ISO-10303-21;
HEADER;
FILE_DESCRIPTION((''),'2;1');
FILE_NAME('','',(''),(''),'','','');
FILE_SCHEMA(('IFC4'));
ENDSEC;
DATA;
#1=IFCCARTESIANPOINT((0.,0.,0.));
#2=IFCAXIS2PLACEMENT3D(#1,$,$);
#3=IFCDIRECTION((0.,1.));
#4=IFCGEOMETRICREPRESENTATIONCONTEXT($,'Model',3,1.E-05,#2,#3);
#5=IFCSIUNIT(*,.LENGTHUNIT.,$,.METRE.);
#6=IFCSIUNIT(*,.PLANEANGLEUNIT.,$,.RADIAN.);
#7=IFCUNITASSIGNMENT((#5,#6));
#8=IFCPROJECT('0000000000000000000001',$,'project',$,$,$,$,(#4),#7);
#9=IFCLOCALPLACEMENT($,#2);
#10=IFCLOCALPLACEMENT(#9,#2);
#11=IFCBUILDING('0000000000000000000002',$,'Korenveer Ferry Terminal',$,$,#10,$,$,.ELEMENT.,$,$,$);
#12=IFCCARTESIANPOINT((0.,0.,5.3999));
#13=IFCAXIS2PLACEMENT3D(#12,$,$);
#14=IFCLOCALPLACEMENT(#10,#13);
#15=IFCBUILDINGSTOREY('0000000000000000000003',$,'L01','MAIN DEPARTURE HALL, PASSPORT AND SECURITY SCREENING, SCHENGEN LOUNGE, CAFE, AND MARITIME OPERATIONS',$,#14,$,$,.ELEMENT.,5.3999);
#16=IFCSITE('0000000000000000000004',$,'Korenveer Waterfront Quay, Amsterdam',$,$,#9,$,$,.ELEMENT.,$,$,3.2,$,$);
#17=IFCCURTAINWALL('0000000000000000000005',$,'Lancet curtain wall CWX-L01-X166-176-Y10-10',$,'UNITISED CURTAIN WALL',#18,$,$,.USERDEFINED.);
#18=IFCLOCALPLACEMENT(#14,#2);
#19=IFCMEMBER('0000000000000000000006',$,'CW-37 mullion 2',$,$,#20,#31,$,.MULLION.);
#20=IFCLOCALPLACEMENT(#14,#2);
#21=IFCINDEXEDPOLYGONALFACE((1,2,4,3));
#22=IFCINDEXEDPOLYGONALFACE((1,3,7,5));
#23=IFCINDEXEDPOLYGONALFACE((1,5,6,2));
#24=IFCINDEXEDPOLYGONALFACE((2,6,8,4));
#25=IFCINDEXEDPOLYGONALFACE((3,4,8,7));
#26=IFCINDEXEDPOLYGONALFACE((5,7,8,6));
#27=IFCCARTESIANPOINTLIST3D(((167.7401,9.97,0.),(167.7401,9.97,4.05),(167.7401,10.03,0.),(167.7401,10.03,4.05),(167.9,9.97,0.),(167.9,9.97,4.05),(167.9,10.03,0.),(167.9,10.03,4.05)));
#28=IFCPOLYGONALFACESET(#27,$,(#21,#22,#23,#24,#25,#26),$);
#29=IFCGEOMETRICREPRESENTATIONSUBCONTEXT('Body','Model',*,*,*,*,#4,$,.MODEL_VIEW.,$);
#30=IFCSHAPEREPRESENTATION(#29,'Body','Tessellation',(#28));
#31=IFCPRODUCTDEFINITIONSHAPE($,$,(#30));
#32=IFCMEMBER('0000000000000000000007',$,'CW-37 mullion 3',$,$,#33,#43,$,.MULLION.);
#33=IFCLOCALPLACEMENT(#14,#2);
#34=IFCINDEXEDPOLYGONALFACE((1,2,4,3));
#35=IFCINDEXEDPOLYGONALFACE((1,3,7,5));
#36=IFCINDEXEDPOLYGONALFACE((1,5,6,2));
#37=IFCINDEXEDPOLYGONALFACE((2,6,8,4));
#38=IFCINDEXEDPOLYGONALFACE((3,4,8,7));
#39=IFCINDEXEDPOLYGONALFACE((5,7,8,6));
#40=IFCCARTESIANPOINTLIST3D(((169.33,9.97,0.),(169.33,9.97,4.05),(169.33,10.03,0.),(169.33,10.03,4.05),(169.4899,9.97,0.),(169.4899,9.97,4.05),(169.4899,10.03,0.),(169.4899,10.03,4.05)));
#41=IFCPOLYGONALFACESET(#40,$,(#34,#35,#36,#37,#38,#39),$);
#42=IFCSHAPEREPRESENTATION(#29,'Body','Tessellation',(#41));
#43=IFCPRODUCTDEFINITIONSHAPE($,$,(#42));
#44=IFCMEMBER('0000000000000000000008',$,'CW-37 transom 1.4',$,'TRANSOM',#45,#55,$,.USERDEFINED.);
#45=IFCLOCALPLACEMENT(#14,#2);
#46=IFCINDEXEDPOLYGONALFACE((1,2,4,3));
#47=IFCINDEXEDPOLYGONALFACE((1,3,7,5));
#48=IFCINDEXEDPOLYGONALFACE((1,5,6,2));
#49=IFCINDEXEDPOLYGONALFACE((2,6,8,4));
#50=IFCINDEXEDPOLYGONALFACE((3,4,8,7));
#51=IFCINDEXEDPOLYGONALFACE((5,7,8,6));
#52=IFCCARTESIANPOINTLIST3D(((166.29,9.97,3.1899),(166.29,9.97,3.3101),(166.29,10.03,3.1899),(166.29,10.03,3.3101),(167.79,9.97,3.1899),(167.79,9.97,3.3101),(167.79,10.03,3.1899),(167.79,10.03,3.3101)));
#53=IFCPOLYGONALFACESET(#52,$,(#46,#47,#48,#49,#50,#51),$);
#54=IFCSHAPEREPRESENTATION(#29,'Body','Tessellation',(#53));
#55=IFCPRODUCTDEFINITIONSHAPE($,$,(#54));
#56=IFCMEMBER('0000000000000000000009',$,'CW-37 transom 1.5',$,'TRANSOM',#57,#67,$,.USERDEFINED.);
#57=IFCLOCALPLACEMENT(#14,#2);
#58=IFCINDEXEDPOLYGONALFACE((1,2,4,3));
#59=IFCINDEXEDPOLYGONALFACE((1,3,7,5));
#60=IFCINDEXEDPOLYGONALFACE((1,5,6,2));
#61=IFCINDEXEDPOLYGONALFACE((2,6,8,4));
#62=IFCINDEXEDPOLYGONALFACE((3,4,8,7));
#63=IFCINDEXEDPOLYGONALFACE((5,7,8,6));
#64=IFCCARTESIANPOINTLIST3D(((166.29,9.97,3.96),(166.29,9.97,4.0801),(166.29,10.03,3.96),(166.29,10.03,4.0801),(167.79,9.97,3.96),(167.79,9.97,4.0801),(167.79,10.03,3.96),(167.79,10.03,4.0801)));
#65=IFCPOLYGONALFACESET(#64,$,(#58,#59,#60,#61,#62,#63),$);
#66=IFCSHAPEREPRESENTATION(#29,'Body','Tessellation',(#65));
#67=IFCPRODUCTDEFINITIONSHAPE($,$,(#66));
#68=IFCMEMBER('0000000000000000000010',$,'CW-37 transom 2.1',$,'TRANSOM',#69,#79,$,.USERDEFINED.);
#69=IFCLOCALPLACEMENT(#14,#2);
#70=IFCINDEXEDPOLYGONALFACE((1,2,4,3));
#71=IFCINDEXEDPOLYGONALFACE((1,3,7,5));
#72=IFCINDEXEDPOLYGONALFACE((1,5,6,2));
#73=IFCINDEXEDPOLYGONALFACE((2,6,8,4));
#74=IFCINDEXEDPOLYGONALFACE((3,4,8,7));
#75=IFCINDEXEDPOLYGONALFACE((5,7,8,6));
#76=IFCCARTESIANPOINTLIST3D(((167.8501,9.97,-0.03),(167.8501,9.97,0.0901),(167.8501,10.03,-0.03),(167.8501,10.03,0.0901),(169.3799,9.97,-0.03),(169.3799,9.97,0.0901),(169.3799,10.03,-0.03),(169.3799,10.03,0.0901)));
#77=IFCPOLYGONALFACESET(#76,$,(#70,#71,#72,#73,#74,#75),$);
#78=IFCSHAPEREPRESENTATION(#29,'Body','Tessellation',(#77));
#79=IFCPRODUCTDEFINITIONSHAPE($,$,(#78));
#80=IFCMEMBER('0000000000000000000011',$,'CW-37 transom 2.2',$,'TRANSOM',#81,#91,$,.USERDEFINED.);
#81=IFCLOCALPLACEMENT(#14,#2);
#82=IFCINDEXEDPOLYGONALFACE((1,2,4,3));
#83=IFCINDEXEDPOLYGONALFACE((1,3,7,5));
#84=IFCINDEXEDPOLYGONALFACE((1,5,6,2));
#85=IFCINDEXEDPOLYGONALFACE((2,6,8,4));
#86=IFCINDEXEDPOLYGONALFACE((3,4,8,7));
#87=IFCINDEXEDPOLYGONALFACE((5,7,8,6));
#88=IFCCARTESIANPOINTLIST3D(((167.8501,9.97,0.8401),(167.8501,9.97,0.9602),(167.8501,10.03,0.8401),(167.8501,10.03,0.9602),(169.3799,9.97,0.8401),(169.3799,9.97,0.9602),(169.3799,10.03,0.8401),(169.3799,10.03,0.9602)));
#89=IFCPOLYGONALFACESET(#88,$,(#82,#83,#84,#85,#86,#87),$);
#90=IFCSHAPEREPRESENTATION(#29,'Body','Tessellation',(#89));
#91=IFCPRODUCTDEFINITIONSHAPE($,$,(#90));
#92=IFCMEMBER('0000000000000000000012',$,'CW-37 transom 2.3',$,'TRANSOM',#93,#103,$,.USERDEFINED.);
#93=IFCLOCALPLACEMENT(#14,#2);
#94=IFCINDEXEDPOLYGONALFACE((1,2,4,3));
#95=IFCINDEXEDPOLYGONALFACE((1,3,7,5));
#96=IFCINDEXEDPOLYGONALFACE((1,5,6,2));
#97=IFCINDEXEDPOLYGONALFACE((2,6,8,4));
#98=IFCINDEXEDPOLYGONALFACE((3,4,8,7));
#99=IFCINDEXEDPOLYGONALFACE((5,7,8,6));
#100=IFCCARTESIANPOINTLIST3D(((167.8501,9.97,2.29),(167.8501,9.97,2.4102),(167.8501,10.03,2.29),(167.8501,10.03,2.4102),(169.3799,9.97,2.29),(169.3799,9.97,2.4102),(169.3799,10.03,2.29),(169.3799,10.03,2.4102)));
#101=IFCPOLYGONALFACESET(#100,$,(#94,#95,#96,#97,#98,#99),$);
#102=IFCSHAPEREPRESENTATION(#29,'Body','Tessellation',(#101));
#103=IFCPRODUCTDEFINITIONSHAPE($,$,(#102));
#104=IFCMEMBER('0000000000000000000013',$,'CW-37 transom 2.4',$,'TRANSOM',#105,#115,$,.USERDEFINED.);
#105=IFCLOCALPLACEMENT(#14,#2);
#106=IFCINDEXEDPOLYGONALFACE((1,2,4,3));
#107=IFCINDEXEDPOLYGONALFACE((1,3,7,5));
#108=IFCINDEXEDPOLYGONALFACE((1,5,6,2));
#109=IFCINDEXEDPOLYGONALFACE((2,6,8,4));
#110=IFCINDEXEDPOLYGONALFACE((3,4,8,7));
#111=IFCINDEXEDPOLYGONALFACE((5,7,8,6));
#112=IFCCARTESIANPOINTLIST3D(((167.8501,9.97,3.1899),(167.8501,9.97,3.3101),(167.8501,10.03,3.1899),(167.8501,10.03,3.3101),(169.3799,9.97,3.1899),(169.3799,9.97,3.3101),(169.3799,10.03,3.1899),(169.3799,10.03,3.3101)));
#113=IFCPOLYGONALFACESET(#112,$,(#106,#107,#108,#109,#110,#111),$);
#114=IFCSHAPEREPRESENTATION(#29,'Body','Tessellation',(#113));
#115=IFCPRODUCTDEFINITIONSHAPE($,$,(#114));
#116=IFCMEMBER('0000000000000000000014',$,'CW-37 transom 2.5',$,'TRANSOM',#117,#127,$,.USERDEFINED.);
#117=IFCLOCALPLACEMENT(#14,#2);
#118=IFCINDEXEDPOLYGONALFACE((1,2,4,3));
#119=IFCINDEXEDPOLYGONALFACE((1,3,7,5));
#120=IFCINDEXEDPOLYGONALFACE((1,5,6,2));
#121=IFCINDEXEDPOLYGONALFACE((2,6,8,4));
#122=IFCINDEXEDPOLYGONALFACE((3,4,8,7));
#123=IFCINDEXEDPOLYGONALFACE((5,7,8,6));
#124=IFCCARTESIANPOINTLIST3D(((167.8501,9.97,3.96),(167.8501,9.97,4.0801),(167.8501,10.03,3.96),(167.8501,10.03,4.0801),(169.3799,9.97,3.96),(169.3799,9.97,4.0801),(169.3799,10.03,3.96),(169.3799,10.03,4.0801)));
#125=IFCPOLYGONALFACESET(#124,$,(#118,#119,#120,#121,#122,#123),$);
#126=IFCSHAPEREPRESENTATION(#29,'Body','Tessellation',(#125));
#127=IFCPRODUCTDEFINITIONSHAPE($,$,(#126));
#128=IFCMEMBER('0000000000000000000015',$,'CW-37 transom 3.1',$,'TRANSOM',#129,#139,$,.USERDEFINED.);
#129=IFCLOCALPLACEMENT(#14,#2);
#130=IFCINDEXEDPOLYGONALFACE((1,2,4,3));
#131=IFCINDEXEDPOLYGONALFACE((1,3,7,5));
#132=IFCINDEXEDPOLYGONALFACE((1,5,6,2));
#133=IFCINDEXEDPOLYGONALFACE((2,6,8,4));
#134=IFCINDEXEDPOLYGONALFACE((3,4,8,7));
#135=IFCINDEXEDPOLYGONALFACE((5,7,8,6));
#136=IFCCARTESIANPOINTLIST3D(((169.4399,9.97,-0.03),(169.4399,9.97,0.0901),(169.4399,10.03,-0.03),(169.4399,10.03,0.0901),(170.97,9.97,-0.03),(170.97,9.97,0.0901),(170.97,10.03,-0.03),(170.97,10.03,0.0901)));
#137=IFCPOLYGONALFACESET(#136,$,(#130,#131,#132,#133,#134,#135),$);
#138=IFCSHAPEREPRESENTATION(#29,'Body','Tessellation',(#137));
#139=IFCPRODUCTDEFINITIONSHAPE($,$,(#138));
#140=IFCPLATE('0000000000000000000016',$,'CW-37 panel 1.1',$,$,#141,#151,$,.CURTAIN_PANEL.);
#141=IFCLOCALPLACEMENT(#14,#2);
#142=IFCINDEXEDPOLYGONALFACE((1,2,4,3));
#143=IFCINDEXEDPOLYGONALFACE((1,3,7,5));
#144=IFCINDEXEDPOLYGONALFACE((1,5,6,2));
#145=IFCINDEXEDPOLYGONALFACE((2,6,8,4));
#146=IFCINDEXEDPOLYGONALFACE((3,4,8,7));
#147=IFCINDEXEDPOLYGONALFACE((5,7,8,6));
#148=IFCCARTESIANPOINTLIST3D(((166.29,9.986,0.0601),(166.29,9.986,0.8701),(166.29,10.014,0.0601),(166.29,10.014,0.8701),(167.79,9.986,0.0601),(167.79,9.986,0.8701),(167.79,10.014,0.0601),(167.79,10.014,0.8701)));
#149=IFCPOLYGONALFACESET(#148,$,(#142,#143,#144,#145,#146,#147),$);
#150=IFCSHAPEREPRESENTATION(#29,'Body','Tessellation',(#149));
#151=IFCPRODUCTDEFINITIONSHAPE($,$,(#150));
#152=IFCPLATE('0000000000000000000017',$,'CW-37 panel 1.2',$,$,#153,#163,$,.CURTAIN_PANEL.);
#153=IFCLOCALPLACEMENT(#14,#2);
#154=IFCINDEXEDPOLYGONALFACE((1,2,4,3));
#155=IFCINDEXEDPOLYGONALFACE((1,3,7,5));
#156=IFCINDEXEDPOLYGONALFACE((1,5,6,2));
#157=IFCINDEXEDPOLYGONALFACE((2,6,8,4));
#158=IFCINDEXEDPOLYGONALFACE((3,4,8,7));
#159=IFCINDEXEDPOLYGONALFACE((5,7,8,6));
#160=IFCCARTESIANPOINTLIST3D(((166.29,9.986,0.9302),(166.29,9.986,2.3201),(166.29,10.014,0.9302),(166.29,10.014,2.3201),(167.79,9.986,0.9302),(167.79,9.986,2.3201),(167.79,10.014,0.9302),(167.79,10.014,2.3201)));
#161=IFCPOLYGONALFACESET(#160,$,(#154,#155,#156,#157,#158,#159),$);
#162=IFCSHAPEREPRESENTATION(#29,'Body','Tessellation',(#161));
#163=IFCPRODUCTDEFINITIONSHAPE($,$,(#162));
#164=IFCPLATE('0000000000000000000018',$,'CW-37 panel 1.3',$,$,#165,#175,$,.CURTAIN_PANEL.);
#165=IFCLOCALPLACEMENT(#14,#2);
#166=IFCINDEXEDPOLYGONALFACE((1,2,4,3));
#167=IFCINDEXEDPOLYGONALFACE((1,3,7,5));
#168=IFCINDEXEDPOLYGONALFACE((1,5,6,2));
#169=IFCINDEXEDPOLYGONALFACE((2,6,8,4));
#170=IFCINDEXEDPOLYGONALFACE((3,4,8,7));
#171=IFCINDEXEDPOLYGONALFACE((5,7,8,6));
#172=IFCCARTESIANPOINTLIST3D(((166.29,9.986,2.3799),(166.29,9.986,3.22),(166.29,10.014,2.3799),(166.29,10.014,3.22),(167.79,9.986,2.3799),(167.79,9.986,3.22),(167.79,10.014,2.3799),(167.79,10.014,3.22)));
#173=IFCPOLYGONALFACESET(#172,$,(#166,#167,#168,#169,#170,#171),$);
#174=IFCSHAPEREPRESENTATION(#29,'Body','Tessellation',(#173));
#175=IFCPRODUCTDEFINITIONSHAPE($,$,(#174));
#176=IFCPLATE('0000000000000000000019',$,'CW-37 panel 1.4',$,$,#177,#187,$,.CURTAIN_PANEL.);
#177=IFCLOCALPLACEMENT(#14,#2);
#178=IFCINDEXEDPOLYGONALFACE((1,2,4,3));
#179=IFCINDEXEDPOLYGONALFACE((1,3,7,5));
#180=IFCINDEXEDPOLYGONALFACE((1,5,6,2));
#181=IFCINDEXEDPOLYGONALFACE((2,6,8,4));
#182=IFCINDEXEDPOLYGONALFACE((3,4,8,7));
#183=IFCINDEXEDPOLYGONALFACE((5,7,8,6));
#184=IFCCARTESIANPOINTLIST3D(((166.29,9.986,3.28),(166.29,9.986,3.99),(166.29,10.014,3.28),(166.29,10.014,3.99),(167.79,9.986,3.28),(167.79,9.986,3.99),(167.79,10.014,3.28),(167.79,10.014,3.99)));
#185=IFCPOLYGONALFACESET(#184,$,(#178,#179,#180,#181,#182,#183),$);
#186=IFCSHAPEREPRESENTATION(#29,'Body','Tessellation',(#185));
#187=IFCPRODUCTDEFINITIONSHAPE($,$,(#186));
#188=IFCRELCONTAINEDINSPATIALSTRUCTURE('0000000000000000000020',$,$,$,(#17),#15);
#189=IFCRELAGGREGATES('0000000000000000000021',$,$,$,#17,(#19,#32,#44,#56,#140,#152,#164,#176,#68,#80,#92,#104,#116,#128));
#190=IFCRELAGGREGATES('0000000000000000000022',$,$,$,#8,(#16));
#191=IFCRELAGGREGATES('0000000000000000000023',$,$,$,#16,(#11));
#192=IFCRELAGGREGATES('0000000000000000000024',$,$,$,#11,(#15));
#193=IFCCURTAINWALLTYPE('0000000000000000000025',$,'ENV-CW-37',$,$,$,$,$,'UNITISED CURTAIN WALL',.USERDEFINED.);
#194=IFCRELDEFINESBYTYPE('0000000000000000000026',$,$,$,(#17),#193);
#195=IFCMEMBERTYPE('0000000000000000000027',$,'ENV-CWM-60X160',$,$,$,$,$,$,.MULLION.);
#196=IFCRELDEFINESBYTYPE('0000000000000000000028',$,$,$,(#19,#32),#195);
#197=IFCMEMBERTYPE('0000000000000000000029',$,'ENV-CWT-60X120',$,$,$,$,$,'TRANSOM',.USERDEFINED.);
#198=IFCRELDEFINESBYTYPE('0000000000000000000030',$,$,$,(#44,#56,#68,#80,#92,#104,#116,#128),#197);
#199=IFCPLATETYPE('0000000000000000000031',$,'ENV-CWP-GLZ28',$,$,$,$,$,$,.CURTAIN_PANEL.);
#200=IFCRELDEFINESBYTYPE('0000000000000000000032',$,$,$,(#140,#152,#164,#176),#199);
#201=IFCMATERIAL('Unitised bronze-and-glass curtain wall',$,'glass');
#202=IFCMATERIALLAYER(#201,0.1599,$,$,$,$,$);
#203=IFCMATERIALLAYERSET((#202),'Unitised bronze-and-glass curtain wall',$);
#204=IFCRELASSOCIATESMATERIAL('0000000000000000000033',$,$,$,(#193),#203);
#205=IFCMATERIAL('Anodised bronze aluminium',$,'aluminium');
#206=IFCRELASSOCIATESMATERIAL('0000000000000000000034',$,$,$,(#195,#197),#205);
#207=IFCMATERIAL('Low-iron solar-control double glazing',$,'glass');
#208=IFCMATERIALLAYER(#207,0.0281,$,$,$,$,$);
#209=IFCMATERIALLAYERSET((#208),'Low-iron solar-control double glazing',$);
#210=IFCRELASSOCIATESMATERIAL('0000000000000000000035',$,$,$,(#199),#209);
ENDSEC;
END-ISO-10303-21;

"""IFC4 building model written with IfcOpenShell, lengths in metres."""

from ifc_helpers import new_model, si_unit, direction, frame, origin, origin_2d, place, context, subcontext, project, spatial, rectangle, extrude, material, layer, layer_set, material_profile, profile_set, type_object, element, aggregate, save


model = new_model("IFC4")

# Units and contexts
model_context = context("Model", 3, precision=1e-05, world=origin(), true_north=direction((0.0, 1.0)))
body_context = subcontext(model_context, "Body", "Model", "MODEL_VIEW")
ifc_project = project(units=[si_unit("LENGTHUNIT", "METRE"), si_unit("PLANEANGLEUNIT", "RADIAN")], contexts=[model_context])

# Site, building, storey
site_placement = place(None, origin())
site = spatial("IfcSite", under=ifc_project, at=site_placement, Name="Korenveer Waterfront Quay, Amsterdam", CompositionType="ELEMENT", RefElevation=3.2)
building_placement = place(site_placement, origin())
building = spatial("IfcBuilding", under=site, at=building_placement, Name="Korenveer Ferry Terminal", CompositionType="ELEMENT")
storey_placement = place(building_placement, frame((0.0, 0.0, 5.3999)))
storey = spatial("IfcBuildingStorey", under=building, at=storey_placement, Name="L01", Description="MAIN DEPARTURE HALL, PASSPORT AND SECURITY SCREENING, SCHENGEN LOUNGE, CAFE, AND MARITIME OPERATIONS", CompositionType="ELEMENT", Elevation=5.3999)

# Curtain wall, members, plates
ifc_material_1 = material(Name="Unitised bronze-and-glass curtain wall", Category="glass")
ifc_layer_1 = layer(ifc_material_1, 0.1599)
ifc_layer_set_1 = layer_set([ifc_layer_1], Name="Unitised bronze-and-glass curtain wall")
curtain_wall_type = type_object("IfcCurtainWallType", Name="ENV-CW-37", ElementType="UNITISED CURTAIN WALL", PredefinedType="USERDEFINED", material=ifc_layer_set_1)
curtain_wall_placement = place(storey_placement, frame((166.23, 10.0, 0.0)))
curtain_wall = element("IfcCurtainWall", 1, at=curtain_wall_placement, inside=storey, type_object=curtain_wall_type, Name="Lancet curtain wall CWX-L01-X166-176-Y10-10", ObjectType="UNITISED CURTAIN WALL", PredefinedType="USERDEFINED")
ifc_material_2 = material(Name="Anodised bronze aluminium", Category="aluminium")
ifc_material_profile_1 = material_profile(ifc_material_2, rectangle(XDim=0.0601, YDim=0.1599, at=origin_2d()), Name="ALU 60x160")
ifc_profile_set_1 = profile_set([ifc_material_profile_1], Name="Anodised bronze aluminium")
member_type_1 = type_object("IfcMemberType", Name="ENV-CWM-60X160", PredefinedType="MULLION", material=ifc_profile_set_1)
member_1_placement = place(storey_placement, frame((167.8201, 10.0, 0.0), z_axis=(0.0, 0.0, 1.0), x_axis=(0.0, 1.0, 0.0)))
member_1 = element("IfcMember", 2, at=member_1_placement, type_object=member_type_1, Name="CW-37 mullion 2", PredefinedType="MULLION", context=body_context, shape_type="SweptSolid", body=[
    extrude(rectangle(XDim=0.0601, YDim=0.1599, at=origin_2d()), origin(), (0.0, 0.0, 1.0), 4.05),
])
member_2_placement = place(storey_placement, frame((169.4099, 10.0, 0.0), z_axis=(0.0, 0.0, 1.0), x_axis=(0.0, 1.0, 0.0)))
member_2 = element("IfcMember", 3, at=member_2_placement, type_object=member_type_1, Name="CW-37 mullion 3", PredefinedType="MULLION", context=body_context, shape_type="SweptSolid", body=[
    extrude(rectangle(XDim=0.0601, YDim=0.1599, at=origin_2d()), origin(), (0.0, 0.0, 1.0), 4.05),
])
ifc_material_profile_2 = material_profile(ifc_material_2, rectangle(XDim=0.0601, YDim=0.1201, at=origin_2d()), Name="ALU 60x120")
ifc_profile_set_2 = profile_set([ifc_material_profile_2], Name="Anodised bronze aluminium")
member_type_2 = type_object("IfcMemberType", Name="ENV-CWT-60X120", ElementType="TRANSOM", PredefinedType="USERDEFINED", material=ifc_profile_set_2)
member_3_placement = place(storey_placement, frame((166.29, 10.0, 3.25), z_axis=(1.0, 0.0, 0.0), x_axis=(0.0, 1.0, 0.0)))
member_3 = element("IfcMember", 4, at=member_3_placement, type_object=member_type_2, Name="CW-37 transom 1.4", ObjectType="TRANSOM", PredefinedType="USERDEFINED", context=body_context, shape_type="SweptSolid", body=[
    extrude(rectangle(XDim=0.0601, YDim=0.1201, at=origin_2d()), origin(), (0.0, 0.0, 1.0), 1.5),
])
member_4_placement = place(storey_placement, frame((166.29, 10.0, 4.02), z_axis=(1.0, 0.0, 0.0), x_axis=(0.0, 1.0, 0.0)))
member_4 = element("IfcMember", 5, at=member_4_placement, type_object=member_type_2, Name="CW-37 transom 1.5", ObjectType="TRANSOM", PredefinedType="USERDEFINED", context=body_context, shape_type="SweptSolid", body=[
    extrude(rectangle(XDim=0.0601, YDim=0.1201, at=origin_2d()), origin(), (0.0, 0.0, 1.0), 1.5),
])
member_5_placement = place(storey_placement, frame((167.8501, 10.0, 0.03), z_axis=(1.0, 0.0, 0.0), x_axis=(0.0, 1.0, 0.0)))
member_5 = element("IfcMember", 6, at=member_5_placement, type_object=member_type_2, Name="CW-37 transom 2.1", ObjectType="TRANSOM", PredefinedType="USERDEFINED", context=body_context, shape_type="SweptSolid", body=[
    extrude(rectangle(XDim=0.0601, YDim=0.1201, at=origin_2d()), origin(), (0.0, 0.0, 1.0), 1.5298),
])
member_6_placement = place(storey_placement, frame((167.8501, 10.0, 0.9001), z_axis=(1.0, 0.0, 0.0), x_axis=(0.0, 1.0, 0.0)))
member_6 = element("IfcMember", 7, at=member_6_placement, type_object=member_type_2, Name="CW-37 transom 2.2", ObjectType="TRANSOM", PredefinedType="USERDEFINED", context=body_context, shape_type="SweptSolid", body=[
    extrude(rectangle(XDim=0.0601, YDim=0.1201, at=origin_2d()), origin(), (0.0, 0.0, 1.0), 1.5298),
])
member_7_placement = place(storey_placement, frame((167.8501, 10.0, 2.3501), z_axis=(1.0, 0.0, 0.0), x_axis=(0.0, 1.0, 0.0)))
member_7 = element("IfcMember", 8, at=member_7_placement, type_object=member_type_2, Name="CW-37 transom 2.3", ObjectType="TRANSOM", PredefinedType="USERDEFINED", context=body_context, shape_type="SweptSolid", body=[
    extrude(rectangle(XDim=0.0601, YDim=0.1201, at=origin_2d()), origin(), (0.0, 0.0, 1.0), 1.5298),
])
member_8_placement = place(storey_placement, frame((167.8501, 10.0, 3.25), z_axis=(1.0, 0.0, 0.0), x_axis=(0.0, 1.0, 0.0)))
member_8 = element("IfcMember", 9, at=member_8_placement, type_object=member_type_2, Name="CW-37 transom 2.4", ObjectType="TRANSOM", PredefinedType="USERDEFINED", context=body_context, shape_type="SweptSolid", body=[
    extrude(rectangle(XDim=0.0601, YDim=0.1201, at=origin_2d()), origin(), (0.0, 0.0, 1.0), 1.5298),
])
member_9_placement = place(storey_placement, frame((167.8501, 10.0, 4.02), z_axis=(1.0, 0.0, 0.0), x_axis=(0.0, 1.0, 0.0)))
member_9 = element("IfcMember", 10, at=member_9_placement, type_object=member_type_2, Name="CW-37 transom 2.5", ObjectType="TRANSOM", PredefinedType="USERDEFINED", context=body_context, shape_type="SweptSolid", body=[
    extrude(rectangle(XDim=0.0601, YDim=0.1201, at=origin_2d()), origin(), (0.0, 0.0, 1.0), 1.5298),
])
member_10_placement = place(storey_placement, frame((169.4399, 10.0, 0.03), z_axis=(1.0, 0.0, 0.0), x_axis=(0.0, 1.0, 0.0)))
member_10 = element("IfcMember", 11, at=member_10_placement, type_object=member_type_2, Name="CW-37 transom 3.1", ObjectType="TRANSOM", PredefinedType="USERDEFINED", context=body_context, shape_type="SweptSolid", body=[
    extrude(rectangle(XDim=0.0601, YDim=0.1201, at=origin_2d()), origin(), (0.0, 0.0, 1.0), 1.53),
])
ifc_material_3 = material(Name="Low-iron solar-control double glazing", Category="glass")
ifc_layer_2 = layer(ifc_material_3, 0.0281)
ifc_layer_set_2 = layer_set([ifc_layer_2], Name="Low-iron solar-control double glazing")
plate_type = type_object("IfcPlateType", Name="ENV-CWP-GLZ28", PredefinedType="CURTAIN_PANEL", material=ifc_layer_set_2)
plate_1_placement = place(storey_placement, frame((167.04, 10.0, 0.0601), z_axis=(0.0, 0.0, 1.0), x_axis=(1.0, 0.0, 0.0)))
plate_1 = element("IfcPlate", 12, at=plate_1_placement, type_object=plate_type, Name="CW-37 panel 1.1", PredefinedType="CURTAIN_PANEL", context=body_context, shape_type="SweptSolid", body=[
    extrude(rectangle(XDim=1.5, YDim=0.0281, at=origin_2d()), origin(), (0.0, 0.0, 1.0), 0.8101),
])
plate_2_placement = place(storey_placement, frame((167.04, 10.0, 0.9302), z_axis=(0.0, 0.0, 1.0), x_axis=(1.0, 0.0, 0.0)))
plate_2 = element("IfcPlate", 13, at=plate_2_placement, type_object=plate_type, Name="CW-37 panel 1.2", PredefinedType="CURTAIN_PANEL", context=body_context, shape_type="SweptSolid", body=[
    extrude(rectangle(XDim=1.5, YDim=0.0281, at=origin_2d()), origin(), (0.0, 0.0, 1.0), 1.3899),
])
plate_3_placement = place(storey_placement, frame((167.04, 10.0, 2.3799), z_axis=(0.0, 0.0, 1.0), x_axis=(1.0, 0.0, 0.0)))
plate_3 = element("IfcPlate", 14, at=plate_3_placement, type_object=plate_type, Name="CW-37 panel 1.3", PredefinedType="CURTAIN_PANEL", context=body_context, shape_type="SweptSolid", body=[
    extrude(rectangle(XDim=1.5, YDim=0.0281, at=origin_2d()), origin(), (0.0, 0.0, 1.0), 0.8401),
])
plate_4_placement = place(storey_placement, frame((167.04, 10.0, 3.28), z_axis=(0.0, 0.0, 1.0), x_axis=(1.0, 0.0, 0.0)))
plate_4 = element("IfcPlate", 15, at=plate_4_placement, type_object=plate_type, Name="CW-37 panel 1.4", PredefinedType="CURTAIN_PANEL", context=body_context, shape_type="SweptSolid", body=[
    extrude(rectangle(XDim=1.5, YDim=0.0281, at=origin_2d()), origin(), (0.0, 0.0, 1.0), 0.71),
])
aggregate(curtain_wall, [member_1, member_2, member_3, member_4, plate_1, plate_2, plate_3, plate_4, member_5, member_6, member_7, member_8, member_9, member_10])

save(model, "model.ifc")
